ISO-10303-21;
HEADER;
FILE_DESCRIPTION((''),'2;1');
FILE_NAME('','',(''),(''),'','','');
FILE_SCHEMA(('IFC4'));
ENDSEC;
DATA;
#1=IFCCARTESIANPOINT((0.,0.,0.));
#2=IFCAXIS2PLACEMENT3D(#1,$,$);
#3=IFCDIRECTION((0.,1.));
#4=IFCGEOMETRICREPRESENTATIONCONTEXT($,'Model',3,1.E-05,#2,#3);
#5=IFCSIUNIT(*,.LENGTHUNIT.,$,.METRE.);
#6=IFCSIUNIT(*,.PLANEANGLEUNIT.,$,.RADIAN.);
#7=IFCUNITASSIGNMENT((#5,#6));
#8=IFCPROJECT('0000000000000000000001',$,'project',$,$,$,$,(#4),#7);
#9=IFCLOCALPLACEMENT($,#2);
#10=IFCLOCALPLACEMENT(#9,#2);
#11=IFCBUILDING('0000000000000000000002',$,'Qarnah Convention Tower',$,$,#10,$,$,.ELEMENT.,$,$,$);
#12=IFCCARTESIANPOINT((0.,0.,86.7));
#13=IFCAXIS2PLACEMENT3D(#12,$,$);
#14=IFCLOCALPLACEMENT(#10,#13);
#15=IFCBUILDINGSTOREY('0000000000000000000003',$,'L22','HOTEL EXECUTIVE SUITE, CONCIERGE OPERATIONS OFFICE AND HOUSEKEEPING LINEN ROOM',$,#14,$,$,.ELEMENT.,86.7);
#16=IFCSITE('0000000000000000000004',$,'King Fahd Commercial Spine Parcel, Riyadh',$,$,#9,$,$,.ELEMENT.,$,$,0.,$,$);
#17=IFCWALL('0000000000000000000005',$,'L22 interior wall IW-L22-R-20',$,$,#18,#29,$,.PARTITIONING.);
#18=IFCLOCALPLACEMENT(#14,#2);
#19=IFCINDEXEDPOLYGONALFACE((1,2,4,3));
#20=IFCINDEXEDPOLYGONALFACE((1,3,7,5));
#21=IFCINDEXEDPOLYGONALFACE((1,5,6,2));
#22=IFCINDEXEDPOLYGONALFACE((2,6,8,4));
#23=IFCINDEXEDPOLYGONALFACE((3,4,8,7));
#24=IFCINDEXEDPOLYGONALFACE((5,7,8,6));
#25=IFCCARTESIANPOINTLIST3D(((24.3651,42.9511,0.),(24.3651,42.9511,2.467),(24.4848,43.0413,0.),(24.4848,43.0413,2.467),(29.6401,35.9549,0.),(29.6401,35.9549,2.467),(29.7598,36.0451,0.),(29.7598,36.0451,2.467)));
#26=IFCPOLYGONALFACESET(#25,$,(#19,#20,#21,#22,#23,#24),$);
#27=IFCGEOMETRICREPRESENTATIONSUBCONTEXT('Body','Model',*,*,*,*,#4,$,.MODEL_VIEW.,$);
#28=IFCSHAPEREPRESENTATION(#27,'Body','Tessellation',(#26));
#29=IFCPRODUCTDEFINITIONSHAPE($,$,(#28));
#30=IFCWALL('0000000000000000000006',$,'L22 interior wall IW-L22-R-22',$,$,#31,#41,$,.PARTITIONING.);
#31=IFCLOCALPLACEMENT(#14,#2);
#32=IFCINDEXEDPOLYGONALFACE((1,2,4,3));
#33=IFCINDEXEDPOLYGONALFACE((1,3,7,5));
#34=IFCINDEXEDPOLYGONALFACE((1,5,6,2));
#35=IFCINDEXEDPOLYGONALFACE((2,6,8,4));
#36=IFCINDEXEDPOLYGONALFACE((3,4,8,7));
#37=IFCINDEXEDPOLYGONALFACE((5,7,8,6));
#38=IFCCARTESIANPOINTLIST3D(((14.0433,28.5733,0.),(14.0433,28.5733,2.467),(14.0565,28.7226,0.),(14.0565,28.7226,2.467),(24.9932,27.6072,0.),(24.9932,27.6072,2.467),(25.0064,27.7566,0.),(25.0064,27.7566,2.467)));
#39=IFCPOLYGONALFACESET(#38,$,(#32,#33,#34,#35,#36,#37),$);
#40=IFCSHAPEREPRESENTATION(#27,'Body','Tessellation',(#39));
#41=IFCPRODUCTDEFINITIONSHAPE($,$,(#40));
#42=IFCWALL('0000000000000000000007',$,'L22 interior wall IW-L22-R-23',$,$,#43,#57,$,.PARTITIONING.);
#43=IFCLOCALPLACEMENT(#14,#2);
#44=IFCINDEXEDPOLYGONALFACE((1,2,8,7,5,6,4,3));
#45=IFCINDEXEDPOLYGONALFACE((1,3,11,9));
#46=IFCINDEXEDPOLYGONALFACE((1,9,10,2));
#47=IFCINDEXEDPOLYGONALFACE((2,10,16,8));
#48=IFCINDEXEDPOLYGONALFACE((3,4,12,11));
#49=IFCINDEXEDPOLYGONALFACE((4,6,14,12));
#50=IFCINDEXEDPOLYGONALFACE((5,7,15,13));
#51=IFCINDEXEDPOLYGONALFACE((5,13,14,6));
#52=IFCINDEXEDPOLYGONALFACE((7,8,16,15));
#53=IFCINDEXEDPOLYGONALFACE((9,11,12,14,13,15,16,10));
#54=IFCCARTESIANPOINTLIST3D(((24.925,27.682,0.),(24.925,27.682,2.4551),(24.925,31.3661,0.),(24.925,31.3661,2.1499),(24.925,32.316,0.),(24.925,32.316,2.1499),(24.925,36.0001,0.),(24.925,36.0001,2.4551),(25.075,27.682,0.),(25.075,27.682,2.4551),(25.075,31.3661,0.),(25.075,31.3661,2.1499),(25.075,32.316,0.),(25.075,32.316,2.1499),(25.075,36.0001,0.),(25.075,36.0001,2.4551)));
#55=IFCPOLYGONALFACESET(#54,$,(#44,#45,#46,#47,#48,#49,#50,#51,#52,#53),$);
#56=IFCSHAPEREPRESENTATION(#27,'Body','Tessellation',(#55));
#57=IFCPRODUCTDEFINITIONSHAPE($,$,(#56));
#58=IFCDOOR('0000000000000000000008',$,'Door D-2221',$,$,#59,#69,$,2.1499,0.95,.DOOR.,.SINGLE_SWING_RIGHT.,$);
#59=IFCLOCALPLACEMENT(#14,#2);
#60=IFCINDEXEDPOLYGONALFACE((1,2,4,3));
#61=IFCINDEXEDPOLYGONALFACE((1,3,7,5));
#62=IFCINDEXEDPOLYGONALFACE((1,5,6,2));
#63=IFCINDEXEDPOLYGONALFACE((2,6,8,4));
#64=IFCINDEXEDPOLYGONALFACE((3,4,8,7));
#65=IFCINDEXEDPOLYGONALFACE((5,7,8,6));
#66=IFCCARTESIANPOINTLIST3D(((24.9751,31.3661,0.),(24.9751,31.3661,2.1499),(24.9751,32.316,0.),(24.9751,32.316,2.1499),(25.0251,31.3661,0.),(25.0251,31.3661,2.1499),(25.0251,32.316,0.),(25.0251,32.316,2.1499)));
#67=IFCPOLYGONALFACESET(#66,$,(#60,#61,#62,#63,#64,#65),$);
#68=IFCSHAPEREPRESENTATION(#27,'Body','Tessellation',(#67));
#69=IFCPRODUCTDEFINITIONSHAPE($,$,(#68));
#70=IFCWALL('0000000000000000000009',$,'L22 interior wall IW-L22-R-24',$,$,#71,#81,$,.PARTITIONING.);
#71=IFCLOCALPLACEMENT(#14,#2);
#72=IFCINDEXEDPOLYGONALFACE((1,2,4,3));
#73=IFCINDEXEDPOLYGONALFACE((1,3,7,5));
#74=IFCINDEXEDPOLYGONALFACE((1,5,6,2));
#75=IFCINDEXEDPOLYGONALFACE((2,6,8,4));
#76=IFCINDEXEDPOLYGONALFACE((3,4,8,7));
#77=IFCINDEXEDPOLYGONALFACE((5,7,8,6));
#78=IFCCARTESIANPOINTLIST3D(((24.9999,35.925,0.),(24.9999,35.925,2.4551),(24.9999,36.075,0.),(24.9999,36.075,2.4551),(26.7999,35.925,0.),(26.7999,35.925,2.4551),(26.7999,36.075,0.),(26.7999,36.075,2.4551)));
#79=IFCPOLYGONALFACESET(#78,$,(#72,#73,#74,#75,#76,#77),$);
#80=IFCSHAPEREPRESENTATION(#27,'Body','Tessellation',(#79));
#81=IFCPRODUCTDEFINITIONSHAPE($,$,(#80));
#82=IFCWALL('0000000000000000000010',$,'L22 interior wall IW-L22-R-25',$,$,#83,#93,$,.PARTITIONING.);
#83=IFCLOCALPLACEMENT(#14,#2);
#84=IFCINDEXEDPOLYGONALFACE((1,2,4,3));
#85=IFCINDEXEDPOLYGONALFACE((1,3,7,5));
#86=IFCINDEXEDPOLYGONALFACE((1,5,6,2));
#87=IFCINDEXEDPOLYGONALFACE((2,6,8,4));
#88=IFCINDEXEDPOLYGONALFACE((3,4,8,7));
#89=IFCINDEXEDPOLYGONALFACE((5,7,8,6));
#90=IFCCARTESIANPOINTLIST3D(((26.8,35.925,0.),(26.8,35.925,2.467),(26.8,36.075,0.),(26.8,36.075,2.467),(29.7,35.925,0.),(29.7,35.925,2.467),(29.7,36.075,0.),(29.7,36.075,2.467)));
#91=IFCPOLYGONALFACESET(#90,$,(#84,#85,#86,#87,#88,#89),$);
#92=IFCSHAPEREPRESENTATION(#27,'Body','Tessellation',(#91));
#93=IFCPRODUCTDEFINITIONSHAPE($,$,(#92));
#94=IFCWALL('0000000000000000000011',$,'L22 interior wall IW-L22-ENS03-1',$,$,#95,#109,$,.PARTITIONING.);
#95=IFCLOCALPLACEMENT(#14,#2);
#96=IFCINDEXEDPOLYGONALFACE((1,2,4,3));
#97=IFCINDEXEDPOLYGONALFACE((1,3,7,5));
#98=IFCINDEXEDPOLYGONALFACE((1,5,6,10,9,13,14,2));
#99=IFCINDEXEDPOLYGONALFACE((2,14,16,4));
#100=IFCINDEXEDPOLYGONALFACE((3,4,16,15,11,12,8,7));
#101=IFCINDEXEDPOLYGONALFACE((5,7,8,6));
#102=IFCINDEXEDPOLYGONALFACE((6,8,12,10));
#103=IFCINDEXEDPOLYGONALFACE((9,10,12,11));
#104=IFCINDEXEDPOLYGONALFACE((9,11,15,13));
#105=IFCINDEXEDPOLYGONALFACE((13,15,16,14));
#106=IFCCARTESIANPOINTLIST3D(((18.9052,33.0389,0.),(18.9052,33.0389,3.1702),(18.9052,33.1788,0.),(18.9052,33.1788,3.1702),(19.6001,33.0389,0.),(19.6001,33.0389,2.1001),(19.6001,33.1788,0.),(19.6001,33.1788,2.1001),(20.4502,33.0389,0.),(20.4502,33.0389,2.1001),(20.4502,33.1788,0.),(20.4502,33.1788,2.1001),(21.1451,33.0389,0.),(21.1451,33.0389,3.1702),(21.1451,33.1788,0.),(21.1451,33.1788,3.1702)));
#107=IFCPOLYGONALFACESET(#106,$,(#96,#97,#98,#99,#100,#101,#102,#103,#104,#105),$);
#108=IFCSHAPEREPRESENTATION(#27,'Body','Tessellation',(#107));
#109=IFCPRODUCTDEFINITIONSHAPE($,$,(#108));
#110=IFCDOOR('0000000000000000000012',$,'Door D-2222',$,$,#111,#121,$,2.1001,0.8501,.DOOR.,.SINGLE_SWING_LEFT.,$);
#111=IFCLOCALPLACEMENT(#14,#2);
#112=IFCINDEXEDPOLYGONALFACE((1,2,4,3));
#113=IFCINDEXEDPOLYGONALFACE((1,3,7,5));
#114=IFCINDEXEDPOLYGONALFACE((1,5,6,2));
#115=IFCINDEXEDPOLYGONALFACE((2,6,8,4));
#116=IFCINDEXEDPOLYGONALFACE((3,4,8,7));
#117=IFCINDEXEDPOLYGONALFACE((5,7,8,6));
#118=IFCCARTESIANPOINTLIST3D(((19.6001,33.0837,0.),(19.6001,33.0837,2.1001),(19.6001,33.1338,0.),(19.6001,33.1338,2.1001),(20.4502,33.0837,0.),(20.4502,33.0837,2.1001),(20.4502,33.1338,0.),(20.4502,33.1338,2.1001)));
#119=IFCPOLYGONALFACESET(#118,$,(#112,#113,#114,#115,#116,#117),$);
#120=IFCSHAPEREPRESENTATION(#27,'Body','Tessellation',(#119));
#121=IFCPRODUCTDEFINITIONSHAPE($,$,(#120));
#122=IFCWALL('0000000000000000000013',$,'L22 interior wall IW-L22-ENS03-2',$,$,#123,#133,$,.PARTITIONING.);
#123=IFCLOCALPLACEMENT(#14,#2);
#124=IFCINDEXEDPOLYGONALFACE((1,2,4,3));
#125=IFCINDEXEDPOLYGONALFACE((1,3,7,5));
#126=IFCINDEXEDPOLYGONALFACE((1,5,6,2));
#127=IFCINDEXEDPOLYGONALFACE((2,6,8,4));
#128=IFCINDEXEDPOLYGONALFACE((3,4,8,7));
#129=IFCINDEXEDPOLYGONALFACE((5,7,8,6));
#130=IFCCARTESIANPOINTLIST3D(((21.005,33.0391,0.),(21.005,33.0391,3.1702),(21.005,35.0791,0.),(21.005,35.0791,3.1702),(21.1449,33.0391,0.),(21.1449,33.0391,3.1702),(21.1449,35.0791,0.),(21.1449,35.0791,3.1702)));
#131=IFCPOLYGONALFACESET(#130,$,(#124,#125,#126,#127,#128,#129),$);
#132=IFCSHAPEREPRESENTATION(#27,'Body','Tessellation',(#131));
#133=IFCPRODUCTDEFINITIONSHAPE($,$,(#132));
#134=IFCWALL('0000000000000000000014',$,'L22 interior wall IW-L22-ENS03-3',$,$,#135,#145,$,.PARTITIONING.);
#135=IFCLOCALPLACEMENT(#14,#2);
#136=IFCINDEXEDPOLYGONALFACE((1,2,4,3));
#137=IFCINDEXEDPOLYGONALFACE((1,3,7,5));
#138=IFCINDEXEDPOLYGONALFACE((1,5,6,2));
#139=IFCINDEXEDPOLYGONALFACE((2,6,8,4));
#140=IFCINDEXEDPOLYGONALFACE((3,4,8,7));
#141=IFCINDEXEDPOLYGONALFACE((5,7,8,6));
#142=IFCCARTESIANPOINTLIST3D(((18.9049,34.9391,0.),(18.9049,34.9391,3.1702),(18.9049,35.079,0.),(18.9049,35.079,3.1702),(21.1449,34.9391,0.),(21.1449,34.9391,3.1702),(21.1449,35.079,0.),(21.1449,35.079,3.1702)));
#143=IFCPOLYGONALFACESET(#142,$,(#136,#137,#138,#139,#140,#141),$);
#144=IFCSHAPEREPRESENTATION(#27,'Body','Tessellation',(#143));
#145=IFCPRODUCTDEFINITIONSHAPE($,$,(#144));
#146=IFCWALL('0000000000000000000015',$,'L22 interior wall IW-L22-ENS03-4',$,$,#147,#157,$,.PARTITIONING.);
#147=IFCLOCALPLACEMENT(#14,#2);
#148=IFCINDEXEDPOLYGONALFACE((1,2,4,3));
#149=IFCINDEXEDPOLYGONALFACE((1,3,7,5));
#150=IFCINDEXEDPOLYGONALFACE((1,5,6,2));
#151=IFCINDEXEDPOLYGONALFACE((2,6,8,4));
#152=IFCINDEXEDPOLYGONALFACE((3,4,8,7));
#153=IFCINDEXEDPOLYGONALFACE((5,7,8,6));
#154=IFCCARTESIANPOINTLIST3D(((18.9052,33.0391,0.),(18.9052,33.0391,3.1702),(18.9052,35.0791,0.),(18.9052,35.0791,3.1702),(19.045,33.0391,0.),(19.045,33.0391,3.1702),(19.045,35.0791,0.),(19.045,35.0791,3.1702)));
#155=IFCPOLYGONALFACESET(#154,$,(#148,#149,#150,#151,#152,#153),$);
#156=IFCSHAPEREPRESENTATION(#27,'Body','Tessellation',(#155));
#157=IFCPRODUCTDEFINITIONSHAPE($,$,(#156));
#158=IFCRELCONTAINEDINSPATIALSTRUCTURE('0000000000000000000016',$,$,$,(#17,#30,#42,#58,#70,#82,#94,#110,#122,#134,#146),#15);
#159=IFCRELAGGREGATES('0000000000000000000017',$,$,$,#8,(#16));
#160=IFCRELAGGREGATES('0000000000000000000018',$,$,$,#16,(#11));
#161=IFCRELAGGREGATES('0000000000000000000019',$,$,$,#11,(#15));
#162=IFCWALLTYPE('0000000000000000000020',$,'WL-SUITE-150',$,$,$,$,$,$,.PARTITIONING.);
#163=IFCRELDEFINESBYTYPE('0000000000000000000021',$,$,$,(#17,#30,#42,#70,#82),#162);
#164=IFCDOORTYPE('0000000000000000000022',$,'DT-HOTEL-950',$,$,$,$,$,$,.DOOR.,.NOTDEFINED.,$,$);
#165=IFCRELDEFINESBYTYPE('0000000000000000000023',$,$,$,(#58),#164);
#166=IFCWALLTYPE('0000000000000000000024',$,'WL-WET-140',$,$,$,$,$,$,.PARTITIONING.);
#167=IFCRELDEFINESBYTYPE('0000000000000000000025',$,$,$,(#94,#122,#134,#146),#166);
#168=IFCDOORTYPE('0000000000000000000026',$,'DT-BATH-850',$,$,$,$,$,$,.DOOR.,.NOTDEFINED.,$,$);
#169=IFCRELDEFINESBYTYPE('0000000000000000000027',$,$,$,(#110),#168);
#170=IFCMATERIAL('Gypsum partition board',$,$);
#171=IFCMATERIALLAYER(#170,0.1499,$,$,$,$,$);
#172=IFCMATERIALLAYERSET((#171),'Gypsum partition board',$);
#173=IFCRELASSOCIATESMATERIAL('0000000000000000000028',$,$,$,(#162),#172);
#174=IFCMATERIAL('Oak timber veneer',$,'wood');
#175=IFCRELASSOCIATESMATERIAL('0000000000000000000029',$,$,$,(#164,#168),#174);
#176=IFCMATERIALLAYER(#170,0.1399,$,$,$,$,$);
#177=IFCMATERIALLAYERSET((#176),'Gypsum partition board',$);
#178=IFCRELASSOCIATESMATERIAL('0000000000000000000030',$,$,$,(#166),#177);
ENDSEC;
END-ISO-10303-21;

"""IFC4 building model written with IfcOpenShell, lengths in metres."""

from ifc_helpers import new_model, si_unit, direction, frame, frame_2d, origin, place, context, subcontext, project, spatial, rectangle, extrude, material, layer, layer_set, type_object, element, fill, save


model = new_model("IFC4")

# Units and contexts
model_context = context("Model", 3, precision=1e-05, world=origin(), true_north=direction((0.0, 1.0)))
body_context = subcontext(model_context, "Body", "Model", "MODEL_VIEW")
ifc_project = project(units=[si_unit("LENGTHUNIT", "METRE"), si_unit("PLANEANGLEUNIT", "RADIAN")], contexts=[model_context])

# Site, building, storey
site_placement = place(None, origin())
site = spatial("IfcSite", under=ifc_project, at=site_placement, Name="King Fahd Commercial Spine Parcel, Riyadh", CompositionType="ELEMENT", RefElevation=0.0)
building_placement = place(site_placement, origin())
building = spatial("IfcBuilding", under=site, at=building_placement, Name="Qarnah Convention Tower", CompositionType="ELEMENT")
storey_placement = place(building_placement, frame((0.0, 0.0, 86.7)))
storey = spatial("IfcBuildingStorey", under=building, at=storey_placement, Name="L22", Description="HOTEL EXECUTIVE SUITE, CONCIERGE OPERATIONS OFFICE AND HOUSEKEEPING LINEN ROOM", CompositionType="ELEMENT", Elevation=86.7)

# Walls
ifc_material_1 = material(Name="Gypsum partition board")
ifc_layer_1 = layer(ifc_material_1, 0.1499)
ifc_layer_set_1 = layer_set([ifc_layer_1], Name="Gypsum partition board")
wall_type_1 = type_object("IfcWallType", Name="WL-SUITE-150", PredefinedType="PARTITIONING", material=ifc_layer_set_1)
wall_1_placement = place(storey_placement, frame((24.425, 42.9961, 0.0), z_axis=(0.0, 0.0, 1.0), x_axis=(0.602031, -0.798473, 0.0)))
element("IfcWall", 1, at=wall_1_placement, inside=storey, type_object=wall_type_1, Name="L22 interior wall IW-L22-R-20", PredefinedType="PARTITIONING", context=body_context, shape_type="SweptSolid", body=[
    extrude(rectangle(XDim=8.762, YDim=0.1499, at=frame_2d((4.3809, 0.0))), origin(), (0.0, 0.0, 1.0), 2.467),
])
wall_2_placement = place(storey_placement, frame((14.05, 28.6479, 0.0), z_axis=(0.0, 0.0, 1.0), x_axis=(0.996131, -0.087884, 0.0)))
element("IfcWall", 2, at=wall_2_placement, inside=storey, type_object=wall_type_1, Name="L22 interior wall IW-L22-R-22", PredefinedType="PARTITIONING", context=body_context, shape_type="SweptSolid", body=[
    extrude(rectangle(XDim=10.9924, YDim=0.1499, at=frame_2d((5.4961, 0.0))), origin(), (0.0, 0.0, 1.0), 2.467),
])

# Wall, opening, door
wall_3_placement = place(storey_placement, frame((25.0, 27.6819, 0.0), z_axis=(0.0, 0.0, 1.0), x_axis=(0.0, 1.0, 0.0)))
wall_3 = element("IfcWall", 3, at=wall_3_placement, inside=storey, type_object=wall_type_1, Name="L22 interior wall IW-L22-R-23", PredefinedType="PARTITIONING", context=body_context, shape_type="SweptSolid", body=[
    extrude(rectangle(XDim=8.3181, YDim=0.1499, at=frame_2d((4.1592, 0.0))), origin(), (0.0, 0.0, 1.0), 2.4551),
])
opening_1_placement = place(wall_3_placement, frame((3.6841, 0.0, 0.0)))
opening_1 = element("IfcOpeningElement", 4, at=opening_1_placement, cuts=wall_3, PredefinedType="OPENING", context=body_context, shape_type="SweptSolid", body=[
    extrude(rectangle(XDim=0.95, YDim=2.1499, at=frame_2d((0.4751, 1.075))), frame((0.0, 0.085, 0.0), z_axis=(0.0, -1.0, 0.0), x_axis=(1.0, 0.0, 0.0)), (0.0, 0.0, 1.0), 0.1699),
])
ifc_material_2 = material(Name="Oak timber veneer", Category="wood")
door_type_1 = type_object("IfcDoorType", Name="DT-HOTEL-950", OperationType="NOTDEFINED", PredefinedType="DOOR", material=ifc_material_2)
door_1_placement = place(opening_1_placement, origin())
door_1 = element("IfcDoor", 5, at=door_1_placement, inside=storey, type_object=door_type_1, Name="Door D-2221", OperationType="SINGLE_SWING_RIGHT", OverallHeight=2.1499, OverallWidth=0.95, PredefinedType="DOOR", context=body_context, shape_type="SweptSolid", body=[
    extrude(rectangle(XDim=0.95, YDim=2.1499, at=frame_2d((0.4751, 1.075))), frame((0.0, 0.0249, 0.0), z_axis=(0.0, -1.0, 0.0), x_axis=(1.0, 0.0, 0.0)), (0.0, 0.0, 1.0), 0.05),
])
fill(opening_1, door_1)

# Walls
wall_4_placement = place(storey_placement, frame((25.0, 36.0, 0.0), z_axis=(0.0, 0.0, 1.0), x_axis=(1.0, 0.0, 0.0)))
element("IfcWall", 6, at=wall_4_placement, inside=storey, type_object=wall_type_1, Name="L22 interior wall IW-L22-R-24", PredefinedType="PARTITIONING", context=body_context, shape_type="SweptSolid", body=[
    extrude(rectangle(XDim=1.8, YDim=0.1499, at=frame_2d((0.8999, 0.0))), origin(), (0.0, 0.0, 1.0), 2.4551),
])
wall_5_placement = place(storey_placement, frame((26.8, 36.0, 0.0), z_axis=(0.0, 0.0, 1.0), x_axis=(1.0, 0.0, 0.0)))
element("IfcWall", 7, at=wall_5_placement, inside=storey, type_object=wall_type_1, Name="L22 interior wall IW-L22-R-25", PredefinedType="PARTITIONING", context=body_context, shape_type="SweptSolid", body=[
    extrude(rectangle(XDim=2.8999, YDim=0.1499, at=frame_2d((1.45, 0.0))), origin(), (0.0, 0.0, 1.0), 2.467),
])

# Wall, opening, door
ifc_layer_2 = layer(ifc_material_1, 0.1399)
ifc_layer_set_2 = layer_set([ifc_layer_2], Name="Gypsum partition board")
wall_type_2 = type_object("IfcWallType", Name="WL-WET-140", PredefinedType="PARTITIONING", material=ifc_layer_set_2)
wall_6_placement = place(storey_placement, frame((18.905, 33.1089, 0.0), z_axis=(0.0, 0.0, 1.0), x_axis=(1.0, 0.0, 0.0)))
wall_6 = element("IfcWall", 8, at=wall_6_placement, inside=storey, type_object=wall_type_2, Name="L22 interior wall IW-L22-ENS03-1", PredefinedType="PARTITIONING", context=body_context, shape_type="SweptSolid", body=[
    extrude(rectangle(XDim=2.24, YDim=0.1399, at=frame_2d((1.1201, 0.0))), origin(), (0.0, 0.0, 1.0), 3.1702),
])
opening_2_placement = place(wall_6_placement, frame((0.6951, 0.0, 0.0)))
opening_2 = element("IfcOpeningElement", 9, at=opening_2_placement, cuts=wall_6, PredefinedType="OPENING", context=body_context, shape_type="SweptSolid", body=[
    extrude(rectangle(XDim=0.8501, YDim=2.1001, at=frame_2d((0.425, 1.05))), frame((0.0, 0.0798, 0.0), z_axis=(0.0, -1.0, 0.0), x_axis=(1.0, 0.0, 0.0)), (0.0, 0.0, 1.0), 0.1599),
])
door_type_2 = type_object("IfcDoorType", Name="DT-BATH-850", OperationType="NOTDEFINED", PredefinedType="DOOR", material=ifc_material_2)
door_2_placement = place(opening_2_placement, origin())
door_2 = element("IfcDoor", 10, at=door_2_placement, inside=storey, type_object=door_type_2, Name="Door D-2222", OperationType="SINGLE_SWING_LEFT", OverallHeight=2.1001, OverallWidth=0.8501, PredefinedType="DOOR", context=body_context, shape_type="SweptSolid", body=[
    extrude(rectangle(XDim=0.8501, YDim=2.1001, at=frame_2d((0.425, 1.05))), frame((0.0, 0.0249, 0.0), z_axis=(0.0, -1.0, 0.0), x_axis=(1.0, 0.0, 0.0)), (0.0, 0.0, 1.0), 0.05),
])
fill(opening_2, door_2)

# Walls
wall_7_placement = place(storey_placement, frame((21.075, 33.0391, 0.0), z_axis=(0.0, 0.0, 1.0), x_axis=(0.0, 1.0, 0.0)))
element("IfcWall", 11, at=wall_7_placement, inside=storey, type_object=wall_type_2, Name="L22 interior wall IW-L22-ENS03-2", PredefinedType="PARTITIONING", context=body_context, shape_type="SweptSolid", body=[
    extrude(rectangle(XDim=2.04, YDim=0.1399, at=frame_2d((1.02, 0.0))), origin(), (0.0, 0.0, 1.0), 3.1702),
])
wall_8_placement = place(storey_placement, frame((21.145, 35.009, 0.0), z_axis=(0.0, 0.0, 1.0), x_axis=(-1.0, 0.0, 0.0)))
element("IfcWall", 12, at=wall_8_placement, inside=storey, type_object=wall_type_2, Name="L22 interior wall IW-L22-ENS03-3", PredefinedType="PARTITIONING", context=body_context, shape_type="SweptSolid", body=[
    extrude(rectangle(XDim=2.24, YDim=0.1399, at=frame_2d((1.1201, 0.0))), origin(), (0.0, 0.0, 1.0), 3.1702),
])
wall_9_placement = place(storey_placement, frame((18.9751, 35.0791, 0.0), z_axis=(0.0, 0.0, 1.0), x_axis=(0.0, -1.0, 0.0)))
element("IfcWall", 13, at=wall_9_placement, inside=storey, type_object=wall_type_2, Name="L22 interior wall IW-L22-ENS03-4", PredefinedType="PARTITIONING", context=body_context, shape_type="SweptSolid", body=[
    extrude(rectangle(XDim=2.04, YDim=0.1399, at=frame_2d((1.02, 0.0))), origin(), (0.0, 0.0, 1.0), 3.1702),
])

save(model, "model.ifc")
